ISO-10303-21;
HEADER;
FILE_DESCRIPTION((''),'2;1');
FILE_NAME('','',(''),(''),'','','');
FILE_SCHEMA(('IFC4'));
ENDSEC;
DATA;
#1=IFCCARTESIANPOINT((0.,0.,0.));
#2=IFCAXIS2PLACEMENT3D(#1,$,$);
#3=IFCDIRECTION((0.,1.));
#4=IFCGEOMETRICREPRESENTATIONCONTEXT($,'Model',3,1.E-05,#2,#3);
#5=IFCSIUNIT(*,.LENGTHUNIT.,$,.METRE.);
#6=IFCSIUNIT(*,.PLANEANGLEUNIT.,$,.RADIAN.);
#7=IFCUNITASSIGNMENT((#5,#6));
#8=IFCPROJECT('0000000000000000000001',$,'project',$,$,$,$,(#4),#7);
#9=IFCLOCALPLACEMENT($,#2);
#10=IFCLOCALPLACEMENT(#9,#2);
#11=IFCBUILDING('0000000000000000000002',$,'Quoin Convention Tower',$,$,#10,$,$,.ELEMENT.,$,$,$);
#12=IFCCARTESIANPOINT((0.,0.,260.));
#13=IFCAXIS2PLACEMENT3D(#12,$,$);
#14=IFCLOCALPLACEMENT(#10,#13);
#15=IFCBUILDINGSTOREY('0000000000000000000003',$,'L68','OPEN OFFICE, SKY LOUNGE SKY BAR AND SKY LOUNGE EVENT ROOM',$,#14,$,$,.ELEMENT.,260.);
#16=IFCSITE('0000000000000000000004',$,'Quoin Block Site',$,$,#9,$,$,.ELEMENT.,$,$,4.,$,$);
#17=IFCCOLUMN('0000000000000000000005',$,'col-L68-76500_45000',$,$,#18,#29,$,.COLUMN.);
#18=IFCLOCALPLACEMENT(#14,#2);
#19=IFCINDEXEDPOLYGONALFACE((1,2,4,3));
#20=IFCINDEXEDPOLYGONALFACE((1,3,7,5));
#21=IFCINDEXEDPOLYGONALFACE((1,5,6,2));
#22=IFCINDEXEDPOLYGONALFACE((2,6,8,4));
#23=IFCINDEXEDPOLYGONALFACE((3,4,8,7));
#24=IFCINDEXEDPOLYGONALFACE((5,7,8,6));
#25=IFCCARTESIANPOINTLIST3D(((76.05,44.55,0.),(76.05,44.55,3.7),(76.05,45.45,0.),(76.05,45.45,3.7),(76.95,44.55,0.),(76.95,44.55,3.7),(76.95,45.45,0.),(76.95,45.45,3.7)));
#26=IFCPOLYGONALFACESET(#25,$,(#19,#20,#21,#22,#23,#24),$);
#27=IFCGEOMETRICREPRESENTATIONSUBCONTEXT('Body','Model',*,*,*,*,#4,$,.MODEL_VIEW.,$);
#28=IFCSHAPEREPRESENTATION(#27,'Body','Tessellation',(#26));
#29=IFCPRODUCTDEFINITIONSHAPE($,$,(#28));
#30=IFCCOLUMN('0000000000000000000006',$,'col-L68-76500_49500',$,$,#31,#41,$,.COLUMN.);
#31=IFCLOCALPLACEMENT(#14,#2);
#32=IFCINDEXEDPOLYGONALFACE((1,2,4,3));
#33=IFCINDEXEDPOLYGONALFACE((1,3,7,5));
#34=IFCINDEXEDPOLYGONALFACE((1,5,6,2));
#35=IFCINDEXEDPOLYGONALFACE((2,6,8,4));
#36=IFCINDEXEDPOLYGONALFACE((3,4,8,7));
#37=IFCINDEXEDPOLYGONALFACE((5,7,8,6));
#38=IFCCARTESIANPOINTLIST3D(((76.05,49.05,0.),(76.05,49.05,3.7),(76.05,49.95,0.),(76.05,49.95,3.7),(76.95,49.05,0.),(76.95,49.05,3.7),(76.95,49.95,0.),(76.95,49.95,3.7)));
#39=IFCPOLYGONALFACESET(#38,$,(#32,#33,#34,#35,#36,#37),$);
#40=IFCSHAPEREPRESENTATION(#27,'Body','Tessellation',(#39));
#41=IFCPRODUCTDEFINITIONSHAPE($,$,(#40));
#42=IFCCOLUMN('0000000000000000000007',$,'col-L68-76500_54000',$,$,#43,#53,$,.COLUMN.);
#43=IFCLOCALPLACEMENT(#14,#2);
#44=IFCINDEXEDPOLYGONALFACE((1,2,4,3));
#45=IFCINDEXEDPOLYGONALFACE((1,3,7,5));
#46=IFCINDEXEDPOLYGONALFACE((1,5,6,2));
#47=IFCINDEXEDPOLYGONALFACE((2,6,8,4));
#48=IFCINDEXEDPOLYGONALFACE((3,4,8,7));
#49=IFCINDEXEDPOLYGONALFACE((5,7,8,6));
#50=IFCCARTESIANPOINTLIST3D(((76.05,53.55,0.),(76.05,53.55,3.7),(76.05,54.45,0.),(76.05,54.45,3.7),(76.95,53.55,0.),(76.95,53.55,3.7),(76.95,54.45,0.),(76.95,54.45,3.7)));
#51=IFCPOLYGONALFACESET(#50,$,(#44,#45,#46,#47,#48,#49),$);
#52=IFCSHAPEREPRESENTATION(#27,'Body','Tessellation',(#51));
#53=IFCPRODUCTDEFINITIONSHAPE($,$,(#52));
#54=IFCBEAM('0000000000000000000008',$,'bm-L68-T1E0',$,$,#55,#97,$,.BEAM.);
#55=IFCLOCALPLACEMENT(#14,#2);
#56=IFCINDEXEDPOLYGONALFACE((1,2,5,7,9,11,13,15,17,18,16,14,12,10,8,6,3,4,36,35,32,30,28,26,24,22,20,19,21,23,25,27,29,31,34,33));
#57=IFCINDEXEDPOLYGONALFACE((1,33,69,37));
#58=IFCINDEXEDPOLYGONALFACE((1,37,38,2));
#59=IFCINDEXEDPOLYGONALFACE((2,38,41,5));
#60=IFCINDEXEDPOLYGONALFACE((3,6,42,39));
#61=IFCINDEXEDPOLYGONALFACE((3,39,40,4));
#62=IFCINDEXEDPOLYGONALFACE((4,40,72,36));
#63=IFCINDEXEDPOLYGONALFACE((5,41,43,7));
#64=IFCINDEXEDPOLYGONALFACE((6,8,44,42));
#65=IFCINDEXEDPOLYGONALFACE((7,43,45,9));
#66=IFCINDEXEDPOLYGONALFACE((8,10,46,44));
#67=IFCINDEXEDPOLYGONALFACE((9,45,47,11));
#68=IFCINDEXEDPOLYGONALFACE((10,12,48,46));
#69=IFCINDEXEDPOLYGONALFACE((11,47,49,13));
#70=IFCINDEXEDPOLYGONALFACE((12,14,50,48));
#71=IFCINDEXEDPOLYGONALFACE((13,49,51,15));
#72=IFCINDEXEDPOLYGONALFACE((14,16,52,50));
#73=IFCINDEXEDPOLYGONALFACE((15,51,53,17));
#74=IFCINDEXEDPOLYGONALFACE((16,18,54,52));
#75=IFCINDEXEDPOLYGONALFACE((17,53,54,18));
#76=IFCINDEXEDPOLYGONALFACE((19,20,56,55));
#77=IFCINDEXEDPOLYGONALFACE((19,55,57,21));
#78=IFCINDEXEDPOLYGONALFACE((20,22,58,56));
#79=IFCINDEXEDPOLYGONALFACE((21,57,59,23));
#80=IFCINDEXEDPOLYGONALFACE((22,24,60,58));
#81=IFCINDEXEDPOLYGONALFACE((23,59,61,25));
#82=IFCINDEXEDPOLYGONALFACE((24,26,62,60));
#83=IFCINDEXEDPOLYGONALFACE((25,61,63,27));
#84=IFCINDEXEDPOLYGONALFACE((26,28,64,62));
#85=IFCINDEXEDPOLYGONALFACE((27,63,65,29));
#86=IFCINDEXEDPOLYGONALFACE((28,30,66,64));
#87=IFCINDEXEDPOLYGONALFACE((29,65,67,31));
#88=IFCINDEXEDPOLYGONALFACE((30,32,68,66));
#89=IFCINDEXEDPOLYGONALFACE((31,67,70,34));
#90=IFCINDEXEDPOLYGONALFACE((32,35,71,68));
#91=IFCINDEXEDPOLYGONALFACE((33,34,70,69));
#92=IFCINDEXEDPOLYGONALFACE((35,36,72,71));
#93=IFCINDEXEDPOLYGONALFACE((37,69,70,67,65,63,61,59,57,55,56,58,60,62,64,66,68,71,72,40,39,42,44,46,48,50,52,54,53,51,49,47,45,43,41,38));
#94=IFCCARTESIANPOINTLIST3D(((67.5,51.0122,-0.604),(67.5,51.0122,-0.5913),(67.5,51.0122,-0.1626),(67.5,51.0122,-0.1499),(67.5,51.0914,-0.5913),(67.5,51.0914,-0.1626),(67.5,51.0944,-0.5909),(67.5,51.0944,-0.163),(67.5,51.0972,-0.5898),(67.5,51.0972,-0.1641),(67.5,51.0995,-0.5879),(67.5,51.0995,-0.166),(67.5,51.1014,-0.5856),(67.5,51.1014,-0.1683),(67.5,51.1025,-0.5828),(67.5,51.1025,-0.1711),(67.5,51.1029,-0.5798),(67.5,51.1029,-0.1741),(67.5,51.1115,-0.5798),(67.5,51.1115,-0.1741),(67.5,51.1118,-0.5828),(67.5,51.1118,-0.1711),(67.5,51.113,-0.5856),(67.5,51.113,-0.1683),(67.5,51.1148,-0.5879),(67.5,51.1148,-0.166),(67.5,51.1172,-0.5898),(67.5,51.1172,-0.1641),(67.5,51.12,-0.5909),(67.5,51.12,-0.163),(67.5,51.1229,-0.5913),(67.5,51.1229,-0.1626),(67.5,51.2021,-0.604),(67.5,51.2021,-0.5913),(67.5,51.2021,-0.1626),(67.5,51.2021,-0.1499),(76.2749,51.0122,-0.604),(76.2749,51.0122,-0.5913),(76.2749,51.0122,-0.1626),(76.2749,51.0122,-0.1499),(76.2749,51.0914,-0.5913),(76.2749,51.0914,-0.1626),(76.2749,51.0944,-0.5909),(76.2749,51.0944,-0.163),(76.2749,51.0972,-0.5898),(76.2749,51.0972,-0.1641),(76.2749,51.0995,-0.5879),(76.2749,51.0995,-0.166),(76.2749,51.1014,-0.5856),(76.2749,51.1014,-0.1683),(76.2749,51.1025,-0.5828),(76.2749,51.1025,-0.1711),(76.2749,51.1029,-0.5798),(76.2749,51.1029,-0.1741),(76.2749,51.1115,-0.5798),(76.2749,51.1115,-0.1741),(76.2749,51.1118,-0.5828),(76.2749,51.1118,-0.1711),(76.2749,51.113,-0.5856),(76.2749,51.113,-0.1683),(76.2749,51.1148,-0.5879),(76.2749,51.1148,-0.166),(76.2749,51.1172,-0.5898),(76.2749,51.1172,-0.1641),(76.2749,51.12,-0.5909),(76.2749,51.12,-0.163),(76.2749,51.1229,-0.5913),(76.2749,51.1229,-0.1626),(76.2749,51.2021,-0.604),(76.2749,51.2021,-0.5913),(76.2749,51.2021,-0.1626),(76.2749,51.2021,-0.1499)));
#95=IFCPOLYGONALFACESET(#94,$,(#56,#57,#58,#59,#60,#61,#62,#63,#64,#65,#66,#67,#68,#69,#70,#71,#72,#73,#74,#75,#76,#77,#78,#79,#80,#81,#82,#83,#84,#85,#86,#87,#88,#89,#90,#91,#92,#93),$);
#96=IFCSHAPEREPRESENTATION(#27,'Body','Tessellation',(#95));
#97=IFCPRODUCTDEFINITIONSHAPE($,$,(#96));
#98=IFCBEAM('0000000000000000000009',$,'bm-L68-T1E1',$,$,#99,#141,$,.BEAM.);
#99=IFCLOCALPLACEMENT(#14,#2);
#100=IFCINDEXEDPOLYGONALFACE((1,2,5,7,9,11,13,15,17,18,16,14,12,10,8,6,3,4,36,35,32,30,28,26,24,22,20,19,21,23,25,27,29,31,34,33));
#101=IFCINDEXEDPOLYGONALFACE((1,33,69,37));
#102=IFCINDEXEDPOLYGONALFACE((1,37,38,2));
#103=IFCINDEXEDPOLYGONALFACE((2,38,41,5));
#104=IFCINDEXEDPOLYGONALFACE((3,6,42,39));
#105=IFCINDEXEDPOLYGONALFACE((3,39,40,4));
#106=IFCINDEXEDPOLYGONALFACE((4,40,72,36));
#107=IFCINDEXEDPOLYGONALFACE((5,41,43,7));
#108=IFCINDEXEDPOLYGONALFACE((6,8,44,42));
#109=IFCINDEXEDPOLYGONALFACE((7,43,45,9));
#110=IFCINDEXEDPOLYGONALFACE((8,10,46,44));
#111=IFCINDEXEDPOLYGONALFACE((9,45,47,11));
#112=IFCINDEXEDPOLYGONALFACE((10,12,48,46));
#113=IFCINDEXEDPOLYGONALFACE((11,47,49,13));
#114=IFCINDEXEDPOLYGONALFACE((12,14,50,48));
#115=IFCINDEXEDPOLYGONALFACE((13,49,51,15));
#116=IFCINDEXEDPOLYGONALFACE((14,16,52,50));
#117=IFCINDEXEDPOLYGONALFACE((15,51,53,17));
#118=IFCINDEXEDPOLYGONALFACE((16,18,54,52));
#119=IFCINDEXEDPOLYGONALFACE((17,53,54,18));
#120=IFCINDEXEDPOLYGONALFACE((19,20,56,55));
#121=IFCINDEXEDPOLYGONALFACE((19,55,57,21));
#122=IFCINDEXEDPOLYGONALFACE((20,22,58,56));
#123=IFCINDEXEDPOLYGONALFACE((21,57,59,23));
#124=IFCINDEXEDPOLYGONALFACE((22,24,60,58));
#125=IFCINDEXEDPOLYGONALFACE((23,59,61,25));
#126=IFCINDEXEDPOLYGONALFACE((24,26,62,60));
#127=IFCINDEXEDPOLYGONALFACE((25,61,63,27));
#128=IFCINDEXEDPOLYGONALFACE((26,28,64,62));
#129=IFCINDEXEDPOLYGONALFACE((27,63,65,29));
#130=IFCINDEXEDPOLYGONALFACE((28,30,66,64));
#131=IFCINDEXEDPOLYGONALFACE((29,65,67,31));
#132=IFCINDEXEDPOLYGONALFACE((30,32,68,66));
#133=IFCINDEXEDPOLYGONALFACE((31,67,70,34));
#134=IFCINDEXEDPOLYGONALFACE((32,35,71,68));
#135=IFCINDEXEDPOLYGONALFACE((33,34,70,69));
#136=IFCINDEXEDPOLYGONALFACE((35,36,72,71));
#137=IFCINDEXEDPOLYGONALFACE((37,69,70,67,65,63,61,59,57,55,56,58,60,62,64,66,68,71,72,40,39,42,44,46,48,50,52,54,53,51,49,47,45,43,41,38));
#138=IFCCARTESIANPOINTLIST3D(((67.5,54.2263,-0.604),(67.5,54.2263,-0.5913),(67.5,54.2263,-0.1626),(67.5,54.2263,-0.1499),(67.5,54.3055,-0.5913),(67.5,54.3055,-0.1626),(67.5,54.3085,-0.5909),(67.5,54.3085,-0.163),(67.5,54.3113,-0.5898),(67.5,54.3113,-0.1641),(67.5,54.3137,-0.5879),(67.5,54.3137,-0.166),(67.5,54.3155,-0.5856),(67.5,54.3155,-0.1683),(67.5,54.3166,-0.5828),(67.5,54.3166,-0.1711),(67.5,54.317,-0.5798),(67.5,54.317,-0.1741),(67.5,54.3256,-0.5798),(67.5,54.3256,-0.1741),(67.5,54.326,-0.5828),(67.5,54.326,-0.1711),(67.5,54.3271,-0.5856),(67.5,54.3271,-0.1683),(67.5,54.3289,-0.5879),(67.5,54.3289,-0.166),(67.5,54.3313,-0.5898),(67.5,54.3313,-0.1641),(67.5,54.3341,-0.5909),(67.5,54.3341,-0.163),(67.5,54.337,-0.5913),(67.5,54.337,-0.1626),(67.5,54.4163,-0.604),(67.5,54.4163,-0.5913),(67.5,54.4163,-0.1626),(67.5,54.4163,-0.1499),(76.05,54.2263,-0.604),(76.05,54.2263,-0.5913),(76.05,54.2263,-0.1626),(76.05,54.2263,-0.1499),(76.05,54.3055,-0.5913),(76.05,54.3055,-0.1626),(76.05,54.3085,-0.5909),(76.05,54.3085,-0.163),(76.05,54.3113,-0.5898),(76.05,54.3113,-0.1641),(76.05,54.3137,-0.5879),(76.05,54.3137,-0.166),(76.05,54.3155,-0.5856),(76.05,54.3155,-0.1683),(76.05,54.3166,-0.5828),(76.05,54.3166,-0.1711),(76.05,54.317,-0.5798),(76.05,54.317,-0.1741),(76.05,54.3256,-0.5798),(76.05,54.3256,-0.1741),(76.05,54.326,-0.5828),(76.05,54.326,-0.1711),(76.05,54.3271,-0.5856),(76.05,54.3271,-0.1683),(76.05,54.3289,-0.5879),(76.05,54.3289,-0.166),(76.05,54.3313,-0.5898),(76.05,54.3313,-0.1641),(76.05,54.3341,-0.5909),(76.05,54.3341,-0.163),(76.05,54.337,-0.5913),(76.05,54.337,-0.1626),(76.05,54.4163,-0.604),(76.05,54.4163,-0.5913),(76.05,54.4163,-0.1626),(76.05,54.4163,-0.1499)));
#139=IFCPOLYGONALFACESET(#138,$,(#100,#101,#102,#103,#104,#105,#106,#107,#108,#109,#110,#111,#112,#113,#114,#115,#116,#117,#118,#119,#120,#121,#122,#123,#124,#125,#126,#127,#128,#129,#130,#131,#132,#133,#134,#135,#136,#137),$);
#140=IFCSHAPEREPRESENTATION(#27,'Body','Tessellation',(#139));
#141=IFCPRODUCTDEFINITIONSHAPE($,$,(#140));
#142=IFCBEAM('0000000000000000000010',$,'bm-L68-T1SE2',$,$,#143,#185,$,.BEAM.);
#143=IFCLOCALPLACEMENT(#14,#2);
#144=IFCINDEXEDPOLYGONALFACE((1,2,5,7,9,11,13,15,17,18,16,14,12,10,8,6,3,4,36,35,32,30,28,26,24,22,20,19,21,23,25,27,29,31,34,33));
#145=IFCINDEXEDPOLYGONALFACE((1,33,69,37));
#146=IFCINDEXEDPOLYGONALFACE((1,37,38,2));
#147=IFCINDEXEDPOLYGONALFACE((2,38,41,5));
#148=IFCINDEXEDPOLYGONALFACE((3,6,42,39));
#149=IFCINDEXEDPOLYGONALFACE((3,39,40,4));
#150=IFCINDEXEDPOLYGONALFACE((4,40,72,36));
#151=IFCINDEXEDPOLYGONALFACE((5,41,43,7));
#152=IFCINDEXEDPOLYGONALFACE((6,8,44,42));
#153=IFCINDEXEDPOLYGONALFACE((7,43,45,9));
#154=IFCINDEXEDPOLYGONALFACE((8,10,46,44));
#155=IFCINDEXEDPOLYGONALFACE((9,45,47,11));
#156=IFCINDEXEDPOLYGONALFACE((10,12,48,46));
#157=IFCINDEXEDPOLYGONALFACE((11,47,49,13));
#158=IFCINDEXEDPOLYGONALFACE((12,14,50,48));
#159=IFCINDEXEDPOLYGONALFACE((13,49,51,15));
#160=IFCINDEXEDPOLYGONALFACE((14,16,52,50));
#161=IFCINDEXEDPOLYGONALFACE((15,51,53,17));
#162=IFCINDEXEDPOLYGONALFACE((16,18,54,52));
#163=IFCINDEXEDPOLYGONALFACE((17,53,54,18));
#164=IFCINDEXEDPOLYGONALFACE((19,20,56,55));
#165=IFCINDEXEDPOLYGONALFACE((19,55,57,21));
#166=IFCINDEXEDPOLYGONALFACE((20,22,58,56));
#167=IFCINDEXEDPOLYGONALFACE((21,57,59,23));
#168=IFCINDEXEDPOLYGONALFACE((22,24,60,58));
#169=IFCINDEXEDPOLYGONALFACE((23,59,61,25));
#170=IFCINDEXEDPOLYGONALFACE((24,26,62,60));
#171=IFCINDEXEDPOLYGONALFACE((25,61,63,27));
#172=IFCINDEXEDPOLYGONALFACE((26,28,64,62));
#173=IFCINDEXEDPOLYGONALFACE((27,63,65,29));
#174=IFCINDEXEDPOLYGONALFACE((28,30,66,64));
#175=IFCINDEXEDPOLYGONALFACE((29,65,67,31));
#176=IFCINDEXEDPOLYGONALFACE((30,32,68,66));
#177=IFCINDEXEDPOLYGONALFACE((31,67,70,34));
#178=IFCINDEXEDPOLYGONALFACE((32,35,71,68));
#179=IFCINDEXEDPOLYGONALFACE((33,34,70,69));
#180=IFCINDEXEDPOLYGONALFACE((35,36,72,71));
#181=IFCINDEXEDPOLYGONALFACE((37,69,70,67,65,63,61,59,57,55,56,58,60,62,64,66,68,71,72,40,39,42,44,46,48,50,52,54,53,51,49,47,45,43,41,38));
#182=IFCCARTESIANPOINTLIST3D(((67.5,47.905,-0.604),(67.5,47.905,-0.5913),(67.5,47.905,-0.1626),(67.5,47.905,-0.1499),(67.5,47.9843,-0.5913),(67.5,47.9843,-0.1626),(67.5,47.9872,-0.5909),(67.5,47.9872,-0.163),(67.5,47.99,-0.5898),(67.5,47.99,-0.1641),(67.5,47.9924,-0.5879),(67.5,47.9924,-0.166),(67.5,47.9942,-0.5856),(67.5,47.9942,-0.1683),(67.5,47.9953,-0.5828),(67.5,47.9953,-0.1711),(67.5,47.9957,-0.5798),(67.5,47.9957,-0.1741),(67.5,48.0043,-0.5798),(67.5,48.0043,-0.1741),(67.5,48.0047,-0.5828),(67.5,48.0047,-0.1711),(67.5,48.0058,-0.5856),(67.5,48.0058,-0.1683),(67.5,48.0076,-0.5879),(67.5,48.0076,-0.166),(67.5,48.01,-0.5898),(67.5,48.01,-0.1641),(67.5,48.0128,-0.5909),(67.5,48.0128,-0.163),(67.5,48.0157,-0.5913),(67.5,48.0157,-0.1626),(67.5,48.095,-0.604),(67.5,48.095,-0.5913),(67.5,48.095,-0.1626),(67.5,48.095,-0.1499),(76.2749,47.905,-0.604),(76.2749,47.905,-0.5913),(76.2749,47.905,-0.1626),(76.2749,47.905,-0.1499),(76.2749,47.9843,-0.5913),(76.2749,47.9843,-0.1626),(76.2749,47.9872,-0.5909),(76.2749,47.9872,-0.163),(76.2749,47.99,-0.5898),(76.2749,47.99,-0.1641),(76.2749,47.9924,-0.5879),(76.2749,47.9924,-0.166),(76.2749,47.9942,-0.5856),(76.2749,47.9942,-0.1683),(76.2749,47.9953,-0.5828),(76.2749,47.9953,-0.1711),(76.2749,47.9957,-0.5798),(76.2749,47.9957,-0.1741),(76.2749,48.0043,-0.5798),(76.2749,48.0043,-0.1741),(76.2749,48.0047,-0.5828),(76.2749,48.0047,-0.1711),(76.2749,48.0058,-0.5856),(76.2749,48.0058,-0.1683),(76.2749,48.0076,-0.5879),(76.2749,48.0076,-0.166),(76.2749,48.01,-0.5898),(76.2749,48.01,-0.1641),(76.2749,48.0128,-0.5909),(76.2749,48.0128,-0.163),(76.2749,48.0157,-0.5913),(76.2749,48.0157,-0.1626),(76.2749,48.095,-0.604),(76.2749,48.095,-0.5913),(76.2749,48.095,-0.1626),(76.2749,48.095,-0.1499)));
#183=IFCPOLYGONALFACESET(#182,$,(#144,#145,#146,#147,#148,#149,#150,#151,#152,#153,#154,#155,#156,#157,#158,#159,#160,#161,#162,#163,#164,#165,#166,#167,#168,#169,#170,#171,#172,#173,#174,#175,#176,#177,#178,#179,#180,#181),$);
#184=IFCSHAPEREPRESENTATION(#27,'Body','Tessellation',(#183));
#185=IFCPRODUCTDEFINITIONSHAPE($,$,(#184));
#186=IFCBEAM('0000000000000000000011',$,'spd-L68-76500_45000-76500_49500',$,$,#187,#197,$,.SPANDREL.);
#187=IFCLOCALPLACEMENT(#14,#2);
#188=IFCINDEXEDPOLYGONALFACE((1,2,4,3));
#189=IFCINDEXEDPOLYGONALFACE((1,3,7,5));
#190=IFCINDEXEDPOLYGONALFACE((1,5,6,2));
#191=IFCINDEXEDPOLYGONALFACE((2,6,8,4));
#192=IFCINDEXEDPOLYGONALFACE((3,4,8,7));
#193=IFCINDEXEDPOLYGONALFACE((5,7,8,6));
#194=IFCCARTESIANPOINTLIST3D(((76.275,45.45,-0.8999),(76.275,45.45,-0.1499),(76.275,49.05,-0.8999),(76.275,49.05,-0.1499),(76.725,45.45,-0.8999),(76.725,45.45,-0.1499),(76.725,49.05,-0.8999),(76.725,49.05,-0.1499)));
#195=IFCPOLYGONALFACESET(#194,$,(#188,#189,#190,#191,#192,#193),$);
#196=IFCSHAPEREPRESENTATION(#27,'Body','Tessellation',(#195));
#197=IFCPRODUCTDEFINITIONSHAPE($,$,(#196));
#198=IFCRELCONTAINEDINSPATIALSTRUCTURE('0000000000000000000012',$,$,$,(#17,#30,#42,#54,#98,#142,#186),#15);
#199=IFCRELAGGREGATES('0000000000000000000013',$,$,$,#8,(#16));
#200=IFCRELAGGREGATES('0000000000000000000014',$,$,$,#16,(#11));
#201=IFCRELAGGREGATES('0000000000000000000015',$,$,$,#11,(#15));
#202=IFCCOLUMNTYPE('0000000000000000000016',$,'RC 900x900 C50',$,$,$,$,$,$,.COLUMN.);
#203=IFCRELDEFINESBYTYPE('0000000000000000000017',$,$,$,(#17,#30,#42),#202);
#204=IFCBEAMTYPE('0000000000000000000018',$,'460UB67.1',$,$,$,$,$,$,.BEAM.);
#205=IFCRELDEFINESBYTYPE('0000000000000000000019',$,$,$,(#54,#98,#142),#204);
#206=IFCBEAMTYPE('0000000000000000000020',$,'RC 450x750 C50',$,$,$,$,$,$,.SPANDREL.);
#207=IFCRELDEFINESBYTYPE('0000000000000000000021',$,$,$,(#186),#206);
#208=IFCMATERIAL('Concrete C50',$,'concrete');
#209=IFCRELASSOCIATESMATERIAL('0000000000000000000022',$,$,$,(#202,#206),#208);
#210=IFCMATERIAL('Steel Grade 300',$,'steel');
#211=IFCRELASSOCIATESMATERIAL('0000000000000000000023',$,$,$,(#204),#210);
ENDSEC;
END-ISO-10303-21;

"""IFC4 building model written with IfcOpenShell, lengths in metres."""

from ifc_helpers import new_model, si_unit, direction, frame, origin, origin_2d, place, context, subcontext, project, spatial, rectangle, i_section, extrude, material, material_profile, profile_set, type_object, element, save


model = new_model("IFC4")

# Units and contexts
model_context = context("Model", 3, precision=1e-05, world=origin(), true_north=direction((0.0, 1.0)))
body_context = subcontext(model_context, "Body", "Model", "MODEL_VIEW")
ifc_project = project(units=[si_unit("LENGTHUNIT", "METRE"), si_unit("PLANEANGLEUNIT", "RADIAN")], contexts=[model_context])

# Site, building, storey
site_placement = place(None, origin())
site = spatial("IfcSite", under=ifc_project, at=site_placement, Name="Quoin Block Site", CompositionType="ELEMENT", RefElevation=4.0)
building_placement = place(site_placement, origin())
building = spatial("IfcBuilding", under=site, at=building_placement, Name="Quoin Convention Tower", CompositionType="ELEMENT")
storey_placement = place(building_placement, frame((0.0, 0.0, 260.0)))
storey = spatial("IfcBuildingStorey", under=building, at=storey_placement, Name="L68", Description="OPEN OFFICE, SKY LOUNGE SKY BAR AND SKY LOUNGE EVENT ROOM", CompositionType="ELEMENT", Elevation=260.0)

# Columns
ifc_material_1 = material(Name="Concrete C50", Category="concrete")
ifc_material_profile_1 = material_profile(ifc_material_1, rectangle(XDim=0.8999, YDim=0.8999, at=origin_2d()), Name="RC 900x900")
ifc_profile_set_1 = profile_set([ifc_material_profile_1], Name="Concrete C50")
column_type = type_object("IfcColumnType", Name="RC 900x900 C50", PredefinedType="COLUMN", material=ifc_profile_set_1)
for number, where, z_axis, x_axis, name in (
    (1, (76.5, 45.0, 0.0), (0.0, 0.0, 1.0), (1.0, 0.0, 0.0), "col-L68-76500_45000"),
    (2, (76.5, 49.5, 0.0), (0.0, 0.0, 1.0), (1.0, 0.0, 0.0), "col-L68-76500_49500"),
    (3, (76.5, 54.0, 0.0), (0.0, 0.0, 1.0), (1.0, 0.0, 0.0), "col-L68-76500_54000"),
):
    element("IfcColumn", number, at=place(storey_placement, frame(where, z_axis=z_axis, x_axis=x_axis)), inside=storey, type_object=column_type, Name=name, PredefinedType="COLUMN", context=body_context, shape_type="SweptSolid", body=[
        extrude(rectangle(XDim=0.8999, YDim=0.8999, at=origin_2d()), origin(), (0.0, 0.0, 1.0), 3.7),
    ])

# Beams
ifc_material_2 = material(Name="Steel Grade 300", Category="steel")
ifc_material_profile_2 = material_profile(ifc_material_2, i_section(OverallWidth=0.1899, OverallDepth=0.4541, WebThickness=0.0085, FlangeThickness=0.0127, FilletRadius=0.0115, at=origin_2d()), Name="460UB67.1")
ifc_profile_set_2 = profile_set([ifc_material_profile_2], Name="Steel Grade 300")
beam_type_1 = type_object("IfcBeamType", Name="460UB67.1", PredefinedType="BEAM", material=ifc_profile_set_2)
beam_1_placement = place(storey_placement, frame((67.5, 51.1072, -0.377), z_axis=(1.0, 0.0, 0.0), x_axis=(0.0, 1.0, 0.0)))
element("IfcBeam", 4, at=beam_1_placement, inside=storey, type_object=beam_type_1, Name="bm-L68-T1E0", PredefinedType="BEAM", context=body_context, shape_type="SweptSolid", body=[
    extrude(i_section(OverallWidth=0.1899, OverallDepth=0.4541, WebThickness=0.0085, FlangeThickness=0.0127, FilletRadius=0.0115, at=origin_2d()), origin(), (0.0, 0.0, 1.0), 8.7749),
])
beam_2_placement = place(storey_placement, frame((67.5, 54.3213, -0.377), z_axis=(1.0, 0.0, 0.0), x_axis=(0.0, 1.0, 0.0)))
element("IfcBeam", 5, at=beam_2_placement, inside=storey, type_object=beam_type_1, Name="bm-L68-T1E1", PredefinedType="BEAM", context=body_context, shape_type="SweptSolid", body=[
    extrude(i_section(OverallWidth=0.1899, OverallDepth=0.4541, WebThickness=0.0085, FlangeThickness=0.0127, FilletRadius=0.0115, at=origin_2d()), origin(), (0.0, 0.0, 1.0), 8.55),
])
beam_3_placement = place(storey_placement, frame((67.5, 48.0, -0.377), z_axis=(1.0, 0.0, 0.0), x_axis=(0.0, 1.0, 0.0)))
element("IfcBeam", 6, at=beam_3_placement, inside=storey, type_object=beam_type_1, Name="bm-L68-T1SE2", PredefinedType="BEAM", context=body_context, shape_type="SweptSolid", body=[
    extrude(i_section(OverallWidth=0.1899, OverallDepth=0.4541, WebThickness=0.0085, FlangeThickness=0.0127, FilletRadius=0.0115, at=origin_2d()), origin(), (0.0, 0.0, 1.0), 8.7749),
])
ifc_material_profile_3 = material_profile(ifc_material_1, rectangle(XDim=0.45, YDim=0.75, at=origin_2d()), Name="RC 450x750")
ifc_profile_set_3 = profile_set([ifc_material_profile_3], Name="Concrete C50")
beam_type_2 = type_object("IfcBeamType", Name="RC 450x750 C50", PredefinedType="SPANDREL", material=ifc_profile_set_3)
for number, where, z_axis, x_axis, name in (
    (7, (76.5, 45.45, -0.5249), (0.0, 1.0, 0.0), (-1.0, 0.0, 0.0), "spd-L68-76500_45000-76500_49500"),
):
    element("IfcBeam", number, at=place(storey_placement, frame(where, z_axis=z_axis, x_axis=x_axis)), inside=storey, type_object=beam_type_2, Name=name, PredefinedType="SPANDREL", context=body_context, shape_type="SweptSolid", body=[
        extrude(rectangle(XDim=0.45, YDim=0.75, at=origin_2d()), origin(), (0.0, 0.0, 1.0), 3.6001),
    ])

save(model, "model.ifc")
